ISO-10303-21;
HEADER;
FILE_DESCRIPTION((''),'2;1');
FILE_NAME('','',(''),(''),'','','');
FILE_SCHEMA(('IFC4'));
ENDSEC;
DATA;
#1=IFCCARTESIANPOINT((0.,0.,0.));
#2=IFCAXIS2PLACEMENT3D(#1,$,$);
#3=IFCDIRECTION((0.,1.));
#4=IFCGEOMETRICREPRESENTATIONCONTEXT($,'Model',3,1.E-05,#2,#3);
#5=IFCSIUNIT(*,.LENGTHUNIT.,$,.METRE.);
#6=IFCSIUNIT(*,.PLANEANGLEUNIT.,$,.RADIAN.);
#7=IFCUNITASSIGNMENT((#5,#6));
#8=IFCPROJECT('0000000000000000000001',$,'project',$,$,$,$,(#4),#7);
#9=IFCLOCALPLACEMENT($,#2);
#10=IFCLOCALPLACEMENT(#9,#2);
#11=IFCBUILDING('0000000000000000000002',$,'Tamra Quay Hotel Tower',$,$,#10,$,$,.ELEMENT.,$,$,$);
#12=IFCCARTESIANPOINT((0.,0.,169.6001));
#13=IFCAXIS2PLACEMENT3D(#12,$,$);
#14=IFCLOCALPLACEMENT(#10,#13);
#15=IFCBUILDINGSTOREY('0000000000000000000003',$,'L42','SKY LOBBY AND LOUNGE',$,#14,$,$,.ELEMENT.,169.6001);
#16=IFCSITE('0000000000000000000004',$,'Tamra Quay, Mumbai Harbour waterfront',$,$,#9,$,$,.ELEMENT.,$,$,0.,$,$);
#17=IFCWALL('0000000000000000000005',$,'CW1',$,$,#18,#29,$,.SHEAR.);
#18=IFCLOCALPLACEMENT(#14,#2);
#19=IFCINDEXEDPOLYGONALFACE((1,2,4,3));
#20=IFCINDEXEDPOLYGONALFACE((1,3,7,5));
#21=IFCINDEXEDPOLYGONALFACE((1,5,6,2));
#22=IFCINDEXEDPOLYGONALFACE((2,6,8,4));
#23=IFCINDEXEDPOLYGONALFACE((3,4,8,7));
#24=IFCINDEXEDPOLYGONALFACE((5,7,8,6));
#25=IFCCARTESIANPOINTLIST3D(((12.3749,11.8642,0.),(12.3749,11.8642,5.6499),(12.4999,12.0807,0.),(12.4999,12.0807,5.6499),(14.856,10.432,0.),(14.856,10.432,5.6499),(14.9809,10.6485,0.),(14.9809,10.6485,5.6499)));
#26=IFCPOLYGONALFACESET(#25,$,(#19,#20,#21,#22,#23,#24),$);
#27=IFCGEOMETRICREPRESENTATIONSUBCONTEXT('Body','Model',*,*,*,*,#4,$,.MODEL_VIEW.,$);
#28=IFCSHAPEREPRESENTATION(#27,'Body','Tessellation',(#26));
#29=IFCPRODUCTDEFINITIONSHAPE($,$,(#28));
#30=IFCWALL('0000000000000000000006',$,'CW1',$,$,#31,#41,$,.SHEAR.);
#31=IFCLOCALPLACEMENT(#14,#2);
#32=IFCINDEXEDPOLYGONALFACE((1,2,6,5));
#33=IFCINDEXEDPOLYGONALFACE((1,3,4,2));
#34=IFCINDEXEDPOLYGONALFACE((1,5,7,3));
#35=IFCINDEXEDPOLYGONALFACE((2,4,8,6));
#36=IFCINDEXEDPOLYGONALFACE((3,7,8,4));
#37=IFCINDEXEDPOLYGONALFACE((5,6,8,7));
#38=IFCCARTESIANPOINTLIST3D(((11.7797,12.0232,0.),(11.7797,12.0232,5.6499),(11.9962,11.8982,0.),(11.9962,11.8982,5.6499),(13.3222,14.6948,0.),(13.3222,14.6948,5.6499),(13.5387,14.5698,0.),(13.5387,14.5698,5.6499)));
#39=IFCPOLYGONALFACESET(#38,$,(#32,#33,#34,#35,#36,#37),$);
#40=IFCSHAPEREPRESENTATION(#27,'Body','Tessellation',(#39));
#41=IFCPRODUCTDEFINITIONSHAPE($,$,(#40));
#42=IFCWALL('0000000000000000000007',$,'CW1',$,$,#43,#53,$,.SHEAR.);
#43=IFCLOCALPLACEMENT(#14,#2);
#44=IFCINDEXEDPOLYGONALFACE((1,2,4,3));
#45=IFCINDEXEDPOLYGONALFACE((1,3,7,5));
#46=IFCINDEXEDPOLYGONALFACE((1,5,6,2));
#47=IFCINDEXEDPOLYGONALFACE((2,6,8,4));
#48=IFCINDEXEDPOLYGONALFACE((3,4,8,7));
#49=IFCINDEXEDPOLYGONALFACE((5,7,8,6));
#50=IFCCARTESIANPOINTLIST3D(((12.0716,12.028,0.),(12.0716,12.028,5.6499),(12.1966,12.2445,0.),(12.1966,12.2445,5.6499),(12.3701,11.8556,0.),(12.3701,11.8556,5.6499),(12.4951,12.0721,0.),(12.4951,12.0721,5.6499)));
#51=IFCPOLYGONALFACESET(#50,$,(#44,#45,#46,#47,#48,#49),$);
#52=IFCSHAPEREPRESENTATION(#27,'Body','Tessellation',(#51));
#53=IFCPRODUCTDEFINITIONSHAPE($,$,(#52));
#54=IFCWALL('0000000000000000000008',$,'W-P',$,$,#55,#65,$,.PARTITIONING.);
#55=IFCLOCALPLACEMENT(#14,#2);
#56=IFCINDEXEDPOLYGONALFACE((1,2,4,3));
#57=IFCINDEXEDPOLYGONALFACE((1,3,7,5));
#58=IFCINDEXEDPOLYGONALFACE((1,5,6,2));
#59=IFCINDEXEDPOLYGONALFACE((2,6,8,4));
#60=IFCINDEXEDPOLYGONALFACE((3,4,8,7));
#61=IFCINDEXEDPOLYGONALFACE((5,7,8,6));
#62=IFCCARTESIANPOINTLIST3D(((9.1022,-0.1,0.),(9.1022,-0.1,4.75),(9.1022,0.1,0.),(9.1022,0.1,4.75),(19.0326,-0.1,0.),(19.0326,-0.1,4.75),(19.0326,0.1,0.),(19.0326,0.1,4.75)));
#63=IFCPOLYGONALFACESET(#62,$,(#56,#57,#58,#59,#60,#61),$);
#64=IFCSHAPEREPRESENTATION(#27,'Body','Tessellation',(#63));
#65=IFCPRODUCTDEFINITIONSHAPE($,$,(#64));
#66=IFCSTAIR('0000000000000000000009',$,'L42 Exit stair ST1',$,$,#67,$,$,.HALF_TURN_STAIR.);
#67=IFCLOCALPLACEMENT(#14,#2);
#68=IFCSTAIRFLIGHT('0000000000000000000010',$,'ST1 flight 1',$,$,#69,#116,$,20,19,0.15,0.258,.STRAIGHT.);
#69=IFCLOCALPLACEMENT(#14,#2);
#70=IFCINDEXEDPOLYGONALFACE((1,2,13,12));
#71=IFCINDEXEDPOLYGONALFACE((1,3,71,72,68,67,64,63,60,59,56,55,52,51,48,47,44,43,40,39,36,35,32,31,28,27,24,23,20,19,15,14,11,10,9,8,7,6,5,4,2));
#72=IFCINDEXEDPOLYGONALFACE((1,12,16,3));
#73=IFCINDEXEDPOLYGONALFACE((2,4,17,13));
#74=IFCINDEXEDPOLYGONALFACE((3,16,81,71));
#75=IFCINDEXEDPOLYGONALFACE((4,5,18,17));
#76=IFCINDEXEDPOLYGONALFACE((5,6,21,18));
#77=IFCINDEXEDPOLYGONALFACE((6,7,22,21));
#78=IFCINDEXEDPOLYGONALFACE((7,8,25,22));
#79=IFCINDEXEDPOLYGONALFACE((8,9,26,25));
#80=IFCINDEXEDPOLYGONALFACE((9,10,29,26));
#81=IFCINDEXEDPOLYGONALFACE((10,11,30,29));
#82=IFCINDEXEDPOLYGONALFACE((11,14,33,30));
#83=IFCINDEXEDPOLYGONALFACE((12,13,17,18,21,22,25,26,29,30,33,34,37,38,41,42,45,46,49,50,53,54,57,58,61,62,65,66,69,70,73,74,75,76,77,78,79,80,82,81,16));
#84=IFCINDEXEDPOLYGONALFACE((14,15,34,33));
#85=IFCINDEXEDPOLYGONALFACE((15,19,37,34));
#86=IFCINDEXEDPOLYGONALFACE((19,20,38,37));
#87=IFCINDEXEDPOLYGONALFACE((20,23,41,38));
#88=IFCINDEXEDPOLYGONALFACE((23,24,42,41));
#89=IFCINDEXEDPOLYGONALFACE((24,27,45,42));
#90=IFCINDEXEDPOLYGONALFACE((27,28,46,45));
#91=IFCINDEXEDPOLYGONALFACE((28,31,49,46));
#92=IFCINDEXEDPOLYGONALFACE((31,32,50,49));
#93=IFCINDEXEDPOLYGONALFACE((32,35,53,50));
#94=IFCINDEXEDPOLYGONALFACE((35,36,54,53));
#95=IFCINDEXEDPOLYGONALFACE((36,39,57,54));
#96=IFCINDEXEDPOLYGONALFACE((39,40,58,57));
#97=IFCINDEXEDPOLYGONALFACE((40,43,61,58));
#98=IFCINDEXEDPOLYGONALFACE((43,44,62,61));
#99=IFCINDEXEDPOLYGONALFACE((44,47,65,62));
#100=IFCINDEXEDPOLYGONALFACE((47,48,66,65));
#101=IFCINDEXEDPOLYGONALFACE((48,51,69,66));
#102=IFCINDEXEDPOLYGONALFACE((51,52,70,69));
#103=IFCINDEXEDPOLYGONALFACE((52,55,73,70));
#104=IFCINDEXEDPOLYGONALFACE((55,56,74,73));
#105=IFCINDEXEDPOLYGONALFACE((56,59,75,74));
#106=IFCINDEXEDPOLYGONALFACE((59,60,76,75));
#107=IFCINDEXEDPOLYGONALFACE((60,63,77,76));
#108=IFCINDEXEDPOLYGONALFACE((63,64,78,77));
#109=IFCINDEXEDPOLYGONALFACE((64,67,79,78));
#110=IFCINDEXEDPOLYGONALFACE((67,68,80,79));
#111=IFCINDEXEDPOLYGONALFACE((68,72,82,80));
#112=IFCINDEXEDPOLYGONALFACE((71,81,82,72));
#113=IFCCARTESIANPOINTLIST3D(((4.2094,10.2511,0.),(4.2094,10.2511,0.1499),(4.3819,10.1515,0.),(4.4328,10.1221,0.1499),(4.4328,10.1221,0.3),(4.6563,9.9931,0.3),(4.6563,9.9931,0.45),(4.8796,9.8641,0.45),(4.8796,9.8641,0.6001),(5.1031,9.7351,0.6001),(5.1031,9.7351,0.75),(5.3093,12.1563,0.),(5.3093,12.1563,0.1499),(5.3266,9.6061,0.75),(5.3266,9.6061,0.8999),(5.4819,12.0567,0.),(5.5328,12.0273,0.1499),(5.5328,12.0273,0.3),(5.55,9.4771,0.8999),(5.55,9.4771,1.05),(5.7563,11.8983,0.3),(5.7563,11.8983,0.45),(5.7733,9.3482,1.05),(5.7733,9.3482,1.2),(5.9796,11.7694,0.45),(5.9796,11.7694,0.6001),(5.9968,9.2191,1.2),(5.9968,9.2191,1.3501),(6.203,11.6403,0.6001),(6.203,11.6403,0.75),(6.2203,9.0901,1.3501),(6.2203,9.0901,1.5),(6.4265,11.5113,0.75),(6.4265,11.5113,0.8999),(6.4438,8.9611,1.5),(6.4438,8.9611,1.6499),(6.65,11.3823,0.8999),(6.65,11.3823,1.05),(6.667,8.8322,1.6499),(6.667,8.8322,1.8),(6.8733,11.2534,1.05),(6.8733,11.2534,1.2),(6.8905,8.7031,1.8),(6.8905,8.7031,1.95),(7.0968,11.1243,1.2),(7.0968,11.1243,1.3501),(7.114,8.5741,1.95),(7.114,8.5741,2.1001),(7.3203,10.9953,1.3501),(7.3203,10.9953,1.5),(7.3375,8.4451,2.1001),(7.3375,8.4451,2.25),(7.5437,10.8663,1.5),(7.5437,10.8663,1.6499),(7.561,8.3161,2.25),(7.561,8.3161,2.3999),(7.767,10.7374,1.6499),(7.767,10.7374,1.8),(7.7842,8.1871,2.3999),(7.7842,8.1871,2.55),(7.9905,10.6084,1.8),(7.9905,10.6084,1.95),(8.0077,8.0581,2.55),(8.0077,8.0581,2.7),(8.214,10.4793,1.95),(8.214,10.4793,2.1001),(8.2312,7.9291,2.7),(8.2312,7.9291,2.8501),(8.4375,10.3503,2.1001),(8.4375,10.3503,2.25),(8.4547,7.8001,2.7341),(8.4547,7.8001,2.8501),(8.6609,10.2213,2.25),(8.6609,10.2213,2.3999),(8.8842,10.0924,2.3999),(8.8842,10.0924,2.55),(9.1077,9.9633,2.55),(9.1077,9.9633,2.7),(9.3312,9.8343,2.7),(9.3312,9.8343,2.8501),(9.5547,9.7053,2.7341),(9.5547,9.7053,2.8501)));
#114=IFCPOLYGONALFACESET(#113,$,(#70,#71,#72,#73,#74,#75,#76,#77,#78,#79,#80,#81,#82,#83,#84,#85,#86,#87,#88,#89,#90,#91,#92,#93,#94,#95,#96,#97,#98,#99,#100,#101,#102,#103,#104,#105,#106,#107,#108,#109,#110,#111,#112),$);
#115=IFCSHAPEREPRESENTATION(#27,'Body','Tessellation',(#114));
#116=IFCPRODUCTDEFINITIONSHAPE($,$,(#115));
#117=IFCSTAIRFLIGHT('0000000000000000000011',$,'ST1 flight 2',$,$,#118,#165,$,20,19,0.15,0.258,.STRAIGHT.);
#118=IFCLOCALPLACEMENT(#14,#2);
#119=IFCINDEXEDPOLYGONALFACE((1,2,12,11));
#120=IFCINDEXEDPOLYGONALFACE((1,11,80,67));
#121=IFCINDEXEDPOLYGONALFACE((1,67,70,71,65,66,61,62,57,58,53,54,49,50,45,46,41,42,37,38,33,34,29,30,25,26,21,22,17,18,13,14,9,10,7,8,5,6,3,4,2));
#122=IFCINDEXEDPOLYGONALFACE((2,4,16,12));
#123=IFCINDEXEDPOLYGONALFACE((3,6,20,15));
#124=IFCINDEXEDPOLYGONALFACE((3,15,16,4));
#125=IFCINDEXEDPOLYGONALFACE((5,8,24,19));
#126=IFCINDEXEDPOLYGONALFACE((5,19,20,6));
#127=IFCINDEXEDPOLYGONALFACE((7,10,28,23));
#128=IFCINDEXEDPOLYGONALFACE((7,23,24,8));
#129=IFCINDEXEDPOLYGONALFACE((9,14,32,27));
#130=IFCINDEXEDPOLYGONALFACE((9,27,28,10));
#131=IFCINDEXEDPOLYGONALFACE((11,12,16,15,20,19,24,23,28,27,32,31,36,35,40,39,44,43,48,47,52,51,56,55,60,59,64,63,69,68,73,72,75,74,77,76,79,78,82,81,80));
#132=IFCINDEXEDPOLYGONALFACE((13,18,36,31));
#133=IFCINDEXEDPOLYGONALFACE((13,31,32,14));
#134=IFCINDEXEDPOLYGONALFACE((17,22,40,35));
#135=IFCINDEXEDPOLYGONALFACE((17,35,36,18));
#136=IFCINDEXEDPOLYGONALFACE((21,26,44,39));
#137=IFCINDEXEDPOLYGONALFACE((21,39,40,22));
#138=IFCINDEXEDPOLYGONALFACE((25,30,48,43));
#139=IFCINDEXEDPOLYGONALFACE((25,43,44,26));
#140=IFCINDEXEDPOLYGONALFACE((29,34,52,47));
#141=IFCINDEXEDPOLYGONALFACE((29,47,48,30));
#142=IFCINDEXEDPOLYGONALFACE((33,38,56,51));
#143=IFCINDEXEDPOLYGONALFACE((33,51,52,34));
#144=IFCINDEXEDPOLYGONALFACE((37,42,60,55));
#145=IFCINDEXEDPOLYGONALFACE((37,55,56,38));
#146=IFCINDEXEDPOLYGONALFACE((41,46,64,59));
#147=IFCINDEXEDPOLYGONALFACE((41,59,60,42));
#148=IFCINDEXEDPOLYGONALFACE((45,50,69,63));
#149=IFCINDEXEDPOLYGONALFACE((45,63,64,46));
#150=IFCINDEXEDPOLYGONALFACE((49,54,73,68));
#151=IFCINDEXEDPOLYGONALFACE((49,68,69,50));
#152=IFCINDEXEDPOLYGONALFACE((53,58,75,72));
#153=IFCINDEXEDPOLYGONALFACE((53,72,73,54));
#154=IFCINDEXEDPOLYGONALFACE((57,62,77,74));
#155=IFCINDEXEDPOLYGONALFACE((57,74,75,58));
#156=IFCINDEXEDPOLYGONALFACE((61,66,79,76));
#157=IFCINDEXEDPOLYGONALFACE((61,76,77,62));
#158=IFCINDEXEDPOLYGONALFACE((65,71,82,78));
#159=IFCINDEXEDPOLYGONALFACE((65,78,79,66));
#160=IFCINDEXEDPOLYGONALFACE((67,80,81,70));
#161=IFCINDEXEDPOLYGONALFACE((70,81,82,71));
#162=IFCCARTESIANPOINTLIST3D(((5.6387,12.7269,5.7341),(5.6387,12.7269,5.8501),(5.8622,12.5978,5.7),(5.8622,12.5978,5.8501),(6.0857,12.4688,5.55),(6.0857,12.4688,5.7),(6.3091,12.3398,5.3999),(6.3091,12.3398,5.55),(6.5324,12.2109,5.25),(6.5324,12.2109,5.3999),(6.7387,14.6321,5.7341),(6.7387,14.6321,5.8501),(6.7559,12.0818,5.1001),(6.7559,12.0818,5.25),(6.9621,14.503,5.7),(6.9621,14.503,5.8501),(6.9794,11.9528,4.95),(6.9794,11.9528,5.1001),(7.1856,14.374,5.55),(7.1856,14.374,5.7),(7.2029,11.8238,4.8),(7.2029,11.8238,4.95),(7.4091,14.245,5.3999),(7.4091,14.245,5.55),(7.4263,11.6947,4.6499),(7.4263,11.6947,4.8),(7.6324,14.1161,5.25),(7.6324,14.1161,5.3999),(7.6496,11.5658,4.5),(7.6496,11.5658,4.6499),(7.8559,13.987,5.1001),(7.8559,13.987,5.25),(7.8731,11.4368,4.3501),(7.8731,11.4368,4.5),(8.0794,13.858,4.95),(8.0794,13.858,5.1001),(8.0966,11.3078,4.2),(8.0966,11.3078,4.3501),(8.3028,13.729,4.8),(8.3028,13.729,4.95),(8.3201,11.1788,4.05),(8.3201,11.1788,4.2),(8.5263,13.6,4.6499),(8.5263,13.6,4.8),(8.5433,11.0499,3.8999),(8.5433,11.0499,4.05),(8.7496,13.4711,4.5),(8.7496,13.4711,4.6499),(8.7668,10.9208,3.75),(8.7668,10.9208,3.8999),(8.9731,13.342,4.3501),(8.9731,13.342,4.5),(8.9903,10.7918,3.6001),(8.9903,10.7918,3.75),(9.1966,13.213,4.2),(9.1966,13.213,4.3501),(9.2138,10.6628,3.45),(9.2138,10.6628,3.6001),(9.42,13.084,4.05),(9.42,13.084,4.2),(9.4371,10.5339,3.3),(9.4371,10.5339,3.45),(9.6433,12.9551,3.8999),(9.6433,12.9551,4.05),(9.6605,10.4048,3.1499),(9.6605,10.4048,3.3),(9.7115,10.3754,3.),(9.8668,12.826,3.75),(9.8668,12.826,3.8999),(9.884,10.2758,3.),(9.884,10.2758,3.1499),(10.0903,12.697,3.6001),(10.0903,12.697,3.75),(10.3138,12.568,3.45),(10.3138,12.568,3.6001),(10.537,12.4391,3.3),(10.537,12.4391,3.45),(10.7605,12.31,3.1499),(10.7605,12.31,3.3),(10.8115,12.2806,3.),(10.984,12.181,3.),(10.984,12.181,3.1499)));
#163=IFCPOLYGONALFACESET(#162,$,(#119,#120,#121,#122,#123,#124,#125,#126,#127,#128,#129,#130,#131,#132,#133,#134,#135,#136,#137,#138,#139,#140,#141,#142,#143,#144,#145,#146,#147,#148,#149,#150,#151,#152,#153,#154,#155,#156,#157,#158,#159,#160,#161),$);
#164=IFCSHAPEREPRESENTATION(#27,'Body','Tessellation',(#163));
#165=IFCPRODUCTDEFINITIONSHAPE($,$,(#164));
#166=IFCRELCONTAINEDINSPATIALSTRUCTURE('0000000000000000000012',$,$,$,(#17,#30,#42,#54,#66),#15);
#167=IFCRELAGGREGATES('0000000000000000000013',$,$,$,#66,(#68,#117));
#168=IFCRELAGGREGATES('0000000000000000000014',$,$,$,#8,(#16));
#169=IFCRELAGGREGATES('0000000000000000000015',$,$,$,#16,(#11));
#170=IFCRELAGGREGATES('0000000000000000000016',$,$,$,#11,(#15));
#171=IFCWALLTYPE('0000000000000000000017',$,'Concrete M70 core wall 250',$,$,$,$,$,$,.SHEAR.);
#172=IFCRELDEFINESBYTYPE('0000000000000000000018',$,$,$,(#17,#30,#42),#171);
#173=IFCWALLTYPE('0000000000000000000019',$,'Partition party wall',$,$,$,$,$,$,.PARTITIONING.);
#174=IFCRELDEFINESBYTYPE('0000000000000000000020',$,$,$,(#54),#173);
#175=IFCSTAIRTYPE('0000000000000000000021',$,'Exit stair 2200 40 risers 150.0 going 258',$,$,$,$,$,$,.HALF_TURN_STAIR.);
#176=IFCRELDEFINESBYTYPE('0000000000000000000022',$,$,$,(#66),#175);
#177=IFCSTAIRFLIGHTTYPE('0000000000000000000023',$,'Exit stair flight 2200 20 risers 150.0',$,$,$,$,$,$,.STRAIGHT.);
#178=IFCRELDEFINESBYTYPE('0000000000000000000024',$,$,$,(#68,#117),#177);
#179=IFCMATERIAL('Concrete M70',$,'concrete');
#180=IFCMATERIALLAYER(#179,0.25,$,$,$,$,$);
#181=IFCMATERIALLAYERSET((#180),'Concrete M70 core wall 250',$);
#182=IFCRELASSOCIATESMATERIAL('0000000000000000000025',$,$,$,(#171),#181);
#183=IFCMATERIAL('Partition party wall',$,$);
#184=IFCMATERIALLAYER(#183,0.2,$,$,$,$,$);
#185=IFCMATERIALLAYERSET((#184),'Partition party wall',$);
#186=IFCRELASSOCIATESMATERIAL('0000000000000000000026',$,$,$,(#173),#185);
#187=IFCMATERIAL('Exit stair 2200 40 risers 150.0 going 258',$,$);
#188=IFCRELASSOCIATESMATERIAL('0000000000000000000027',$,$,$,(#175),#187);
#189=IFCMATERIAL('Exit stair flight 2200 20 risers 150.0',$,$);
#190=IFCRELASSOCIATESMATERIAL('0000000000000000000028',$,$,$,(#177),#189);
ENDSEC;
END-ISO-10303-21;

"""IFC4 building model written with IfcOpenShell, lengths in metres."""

from ifc_helpers import new_model, si_unit, direction, frame, frame_2d, origin, place, context, subcontext, project, spatial, polyline, rectangle, outline, extrude, material, layer, layer_set, type_object, element, aggregate, save


model = new_model("IFC4")

# Units and contexts
model_context = context("Model", 3, precision=1e-05, world=origin(), true_north=direction((0.0, 1.0)))
body_context = subcontext(model_context, "Body", "Model", "MODEL_VIEW")
ifc_project = project(units=[si_unit("LENGTHUNIT", "METRE"), si_unit("PLANEANGLEUNIT", "RADIAN")], contexts=[model_context])

# Site, building, storey
site_placement = place(None, origin())
site = spatial("IfcSite", under=ifc_project, at=site_placement, Name="Tamra Quay, Mumbai Harbour waterfront", CompositionType="ELEMENT", RefElevation=0.0)
building_placement = place(site_placement, origin())
building = spatial("IfcBuilding", under=site, at=building_placement, Name="Tamra Quay Hotel Tower", CompositionType="ELEMENT")
storey_placement = place(building_placement, frame((0.0, 0.0, 169.6001)))
storey = spatial("IfcBuildingStorey", under=building, at=storey_placement, Name="L42", Description="SKY LOBBY AND LOUNGE", CompositionType="ELEMENT", Elevation=169.6001)

# Shared definitions
ifc_material_1 = material(Name="Concrete M70", Category="concrete")

# Shared definitions
ifc_layer_1 = layer(ifc_material_1, 0.25)
ifc_layer_set_1 = layer_set([ifc_layer_1], Name="Concrete M70 core wall 250")
wall_type_1 = type_object("IfcWallType", Name="Concrete M70 core wall 250", PredefinedType="SHEAR", material=ifc_layer_set_1)

# Walls
wall_1_placement = place(storey_placement, frame((14.9185, 10.5403, 0.0), z_axis=(0.0, 0.0, 1.0), x_axis=(-0.866064, 0.499934, 0.0)))
element("IfcWall", 1, at=wall_1_placement, inside=storey, type_object=wall_type_1, Name="CW1", PredefinedType="SHEAR", context=body_context, shape_type="SweptSolid", body=[
    extrude(rectangle(XDim=2.8647, YDim=0.25, at=frame_2d((1.4324, 0.0))), origin(), (0.0, 0.0, 1.0), 5.6499),
])
wall_2_placement = place(storey_placement, frame((11.8879, 11.9607, 0.0), z_axis=(0.0, 0.0, 1.0), x_axis=(0.500003, 0.866023, 0.0)))
element("IfcWall", 2, at=wall_2_placement, inside=storey, type_object=wall_type_1, Name="CW1", PredefinedType="SHEAR", context=body_context, shape_type="SweptSolid", body=[
    extrude(rectangle(XDim=3.085, YDim=0.25, at=frame_2d((1.5425, 0.0))), origin(), (0.0, 0.0, 1.0), 5.6499),
])
wall_3_placement = place(storey_placement, frame((12.4326, 11.9639, 0.0), z_axis=(0.0, 0.0, 1.0), x_axis=(-0.866056, 0.499947, 0.0)))
element("IfcWall", 3, at=wall_3_placement, inside=storey, type_object=wall_type_1, Name="CW1", PredefinedType="SHEAR", context=body_context, shape_type="SweptSolid", body=[
    extrude(rectangle(XDim=0.3447, YDim=0.25, at=frame_2d((0.1724, 0.0))), origin(), (0.0, 0.0, 1.0), 5.6499),
])
ifc_material_2 = material(Name="Partition party wall")
ifc_layer_2 = layer(ifc_material_2, 0.2)
ifc_layer_set_2 = layer_set([ifc_layer_2], Name="Partition party wall")
wall_type_2 = type_object("IfcWallType", Name="Partition party wall", PredefinedType="PARTITIONING", material=ifc_layer_set_2)
wall_4_placement = place(storey_placement, frame((9.1021, 0.0, 0.0), z_axis=(0.0, 0.0, 1.0), x_axis=(1.0, 0.0, 0.0)))
element("IfcWall", 4, at=wall_4_placement, inside=storey, type_object=wall_type_2, Name="W-P", PredefinedType="PARTITIONING", context=body_context, shape_type="SweptSolid", body=[
    extrude(rectangle(XDim=9.9304, YDim=0.2, at=frame_2d((4.9653, 0.0))), origin(), (0.0, 0.0, 1.0), 4.75),
])

# Stair, stair flights
ifc_material_3 = material(Name="Exit stair 2200 40 risers 150.0 going 258")
stair_type = type_object("IfcStairType", Name="Exit stair 2200 40 risers 150.0 going 258", PredefinedType="HALF_TURN_STAIR", material=ifc_material_3)
stair_placement = place(storey_placement, origin())
stair = element("IfcStair", 5, at=stair_placement, inside=storey, type_object=stair_type, Name="L42 Exit stair ST1", PredefinedType="HALF_TURN_STAIR")
ifc_material_4 = material(Name="Exit stair flight 2200 20 risers 150.0")
stair_flight_type = type_object("IfcStairFlightType", Name="Exit stair flight 2200 20 risers 150.0", PredefinedType="STRAIGHT", material=ifc_material_4)
stair_flight_1_placement = place(storey_placement, frame((4.7593, 11.2036, 0.0), z_axis=(0.0, 0.0, 1.0), x_axis=(0.866025, -0.5, 0.0)))
stair_flight_1 = element("IfcStairFlight", 6, at=stair_flight_1_placement, type_object=stair_flight_type, Name="ST1 flight 1", NumberOfRisers=20, NumberOfTreads=19, PredefinedType="STRAIGHT", RiserHeight=0.15, TreadLength=0.258, context=body_context, shape_type="SweptSolid", body=[
    extrude(outline(polyline([(0.0, 0.0), (0.0, 0.1499), (0.2581, 0.1499), (0.2581, 0.3), (0.5161, 0.3), (0.5161, 0.45), (0.7739, 0.45), (0.7739, 0.6001), (1.032, 0.6001), (1.032, 0.75), (1.29, 0.75), (1.29, 0.8999), (1.5481, 0.8999), (1.5481, 1.05), (1.8059, 1.05), (1.8059, 1.2), (2.064, 1.2), (2.064, 1.3501), (2.322, 1.3501), (2.322, 1.5), (2.5801, 1.5), (2.5801, 1.6499), (2.8379, 1.6499), (2.8379, 1.8), (3.0959, 1.8), (3.0959, 1.95), (3.354, 1.95), (3.354, 2.1001), (3.6121, 2.1001), (3.6121, 2.25), (3.8701, 2.25), (3.8701, 2.3999), (4.1279, 2.3999), (4.1279, 2.55), (4.386, 2.55), (4.386, 2.7), (4.644, 2.7), (4.644, 2.8501), (4.9021, 2.8501), (4.9021, 3.0), (4.9021, 2.7341), (0.1992, 0.0), (0.0, 0.0)])), frame((0.0, 1.1001, 0.0), z_axis=(0.0, -1.0, 0.0), x_axis=(1.0, 0.0, 0.0)), (0.0, 0.0, 1.0), 2.2),
])
stair_flight_2_placement = place(storey_placement, frame((10.4341, 11.2285, 3.0), z_axis=(0.0, 0.0, 1.0), x_axis=(-0.866025, 0.5, 0.0)))
stair_flight_2 = element("IfcStairFlight", 7, at=stair_flight_2_placement, type_object=stair_flight_type, Name="ST1 flight 2", NumberOfRisers=20, NumberOfTreads=19, PredefinedType="STRAIGHT", RiserHeight=0.15, TreadLength=0.258, context=body_context, shape_type="SweptSolid", body=[
    extrude(outline(polyline([(0.0, 0.0), (0.0, 0.1499), (0.2581, 0.1499), (0.2581, 0.3), (0.5161, 0.3), (0.5161, 0.45), (0.7739, 0.45), (0.7739, 0.6001), (1.032, 0.6001), (1.032, 0.75), (1.29, 0.75), (1.29, 0.8999), (1.5481, 0.8999), (1.5481, 1.05), (1.8059, 1.05), (1.8059, 1.2), (2.064, 1.2), (2.064, 1.3501), (2.322, 1.3501), (2.322, 1.5), (2.5801, 1.5), (2.5801, 1.6499), (2.8379, 1.6499), (2.8379, 1.8), (3.0959, 1.8), (3.0959, 1.95), (3.354, 1.95), (3.354, 2.1001), (3.6121, 2.1001), (3.6121, 2.25), (3.8701, 2.25), (3.8701, 2.3999), (4.1279, 2.3999), (4.1279, 2.55), (4.386, 2.55), (4.386, 2.7), (4.644, 2.7), (4.644, 2.8501), (4.9021, 2.8501), (4.9021, 3.0), (4.9021, 2.7341), (0.1992, 0.0), (0.0, 0.0)])), frame((0.0, 1.1001, 0.0), z_axis=(0.0, -1.0, 0.0), x_axis=(1.0, 0.0, 0.0)), (0.0, 0.0, 1.0), 2.2),
])
aggregate(stair, [stair_flight_1, stair_flight_2])

save(model, "model.ifc")
